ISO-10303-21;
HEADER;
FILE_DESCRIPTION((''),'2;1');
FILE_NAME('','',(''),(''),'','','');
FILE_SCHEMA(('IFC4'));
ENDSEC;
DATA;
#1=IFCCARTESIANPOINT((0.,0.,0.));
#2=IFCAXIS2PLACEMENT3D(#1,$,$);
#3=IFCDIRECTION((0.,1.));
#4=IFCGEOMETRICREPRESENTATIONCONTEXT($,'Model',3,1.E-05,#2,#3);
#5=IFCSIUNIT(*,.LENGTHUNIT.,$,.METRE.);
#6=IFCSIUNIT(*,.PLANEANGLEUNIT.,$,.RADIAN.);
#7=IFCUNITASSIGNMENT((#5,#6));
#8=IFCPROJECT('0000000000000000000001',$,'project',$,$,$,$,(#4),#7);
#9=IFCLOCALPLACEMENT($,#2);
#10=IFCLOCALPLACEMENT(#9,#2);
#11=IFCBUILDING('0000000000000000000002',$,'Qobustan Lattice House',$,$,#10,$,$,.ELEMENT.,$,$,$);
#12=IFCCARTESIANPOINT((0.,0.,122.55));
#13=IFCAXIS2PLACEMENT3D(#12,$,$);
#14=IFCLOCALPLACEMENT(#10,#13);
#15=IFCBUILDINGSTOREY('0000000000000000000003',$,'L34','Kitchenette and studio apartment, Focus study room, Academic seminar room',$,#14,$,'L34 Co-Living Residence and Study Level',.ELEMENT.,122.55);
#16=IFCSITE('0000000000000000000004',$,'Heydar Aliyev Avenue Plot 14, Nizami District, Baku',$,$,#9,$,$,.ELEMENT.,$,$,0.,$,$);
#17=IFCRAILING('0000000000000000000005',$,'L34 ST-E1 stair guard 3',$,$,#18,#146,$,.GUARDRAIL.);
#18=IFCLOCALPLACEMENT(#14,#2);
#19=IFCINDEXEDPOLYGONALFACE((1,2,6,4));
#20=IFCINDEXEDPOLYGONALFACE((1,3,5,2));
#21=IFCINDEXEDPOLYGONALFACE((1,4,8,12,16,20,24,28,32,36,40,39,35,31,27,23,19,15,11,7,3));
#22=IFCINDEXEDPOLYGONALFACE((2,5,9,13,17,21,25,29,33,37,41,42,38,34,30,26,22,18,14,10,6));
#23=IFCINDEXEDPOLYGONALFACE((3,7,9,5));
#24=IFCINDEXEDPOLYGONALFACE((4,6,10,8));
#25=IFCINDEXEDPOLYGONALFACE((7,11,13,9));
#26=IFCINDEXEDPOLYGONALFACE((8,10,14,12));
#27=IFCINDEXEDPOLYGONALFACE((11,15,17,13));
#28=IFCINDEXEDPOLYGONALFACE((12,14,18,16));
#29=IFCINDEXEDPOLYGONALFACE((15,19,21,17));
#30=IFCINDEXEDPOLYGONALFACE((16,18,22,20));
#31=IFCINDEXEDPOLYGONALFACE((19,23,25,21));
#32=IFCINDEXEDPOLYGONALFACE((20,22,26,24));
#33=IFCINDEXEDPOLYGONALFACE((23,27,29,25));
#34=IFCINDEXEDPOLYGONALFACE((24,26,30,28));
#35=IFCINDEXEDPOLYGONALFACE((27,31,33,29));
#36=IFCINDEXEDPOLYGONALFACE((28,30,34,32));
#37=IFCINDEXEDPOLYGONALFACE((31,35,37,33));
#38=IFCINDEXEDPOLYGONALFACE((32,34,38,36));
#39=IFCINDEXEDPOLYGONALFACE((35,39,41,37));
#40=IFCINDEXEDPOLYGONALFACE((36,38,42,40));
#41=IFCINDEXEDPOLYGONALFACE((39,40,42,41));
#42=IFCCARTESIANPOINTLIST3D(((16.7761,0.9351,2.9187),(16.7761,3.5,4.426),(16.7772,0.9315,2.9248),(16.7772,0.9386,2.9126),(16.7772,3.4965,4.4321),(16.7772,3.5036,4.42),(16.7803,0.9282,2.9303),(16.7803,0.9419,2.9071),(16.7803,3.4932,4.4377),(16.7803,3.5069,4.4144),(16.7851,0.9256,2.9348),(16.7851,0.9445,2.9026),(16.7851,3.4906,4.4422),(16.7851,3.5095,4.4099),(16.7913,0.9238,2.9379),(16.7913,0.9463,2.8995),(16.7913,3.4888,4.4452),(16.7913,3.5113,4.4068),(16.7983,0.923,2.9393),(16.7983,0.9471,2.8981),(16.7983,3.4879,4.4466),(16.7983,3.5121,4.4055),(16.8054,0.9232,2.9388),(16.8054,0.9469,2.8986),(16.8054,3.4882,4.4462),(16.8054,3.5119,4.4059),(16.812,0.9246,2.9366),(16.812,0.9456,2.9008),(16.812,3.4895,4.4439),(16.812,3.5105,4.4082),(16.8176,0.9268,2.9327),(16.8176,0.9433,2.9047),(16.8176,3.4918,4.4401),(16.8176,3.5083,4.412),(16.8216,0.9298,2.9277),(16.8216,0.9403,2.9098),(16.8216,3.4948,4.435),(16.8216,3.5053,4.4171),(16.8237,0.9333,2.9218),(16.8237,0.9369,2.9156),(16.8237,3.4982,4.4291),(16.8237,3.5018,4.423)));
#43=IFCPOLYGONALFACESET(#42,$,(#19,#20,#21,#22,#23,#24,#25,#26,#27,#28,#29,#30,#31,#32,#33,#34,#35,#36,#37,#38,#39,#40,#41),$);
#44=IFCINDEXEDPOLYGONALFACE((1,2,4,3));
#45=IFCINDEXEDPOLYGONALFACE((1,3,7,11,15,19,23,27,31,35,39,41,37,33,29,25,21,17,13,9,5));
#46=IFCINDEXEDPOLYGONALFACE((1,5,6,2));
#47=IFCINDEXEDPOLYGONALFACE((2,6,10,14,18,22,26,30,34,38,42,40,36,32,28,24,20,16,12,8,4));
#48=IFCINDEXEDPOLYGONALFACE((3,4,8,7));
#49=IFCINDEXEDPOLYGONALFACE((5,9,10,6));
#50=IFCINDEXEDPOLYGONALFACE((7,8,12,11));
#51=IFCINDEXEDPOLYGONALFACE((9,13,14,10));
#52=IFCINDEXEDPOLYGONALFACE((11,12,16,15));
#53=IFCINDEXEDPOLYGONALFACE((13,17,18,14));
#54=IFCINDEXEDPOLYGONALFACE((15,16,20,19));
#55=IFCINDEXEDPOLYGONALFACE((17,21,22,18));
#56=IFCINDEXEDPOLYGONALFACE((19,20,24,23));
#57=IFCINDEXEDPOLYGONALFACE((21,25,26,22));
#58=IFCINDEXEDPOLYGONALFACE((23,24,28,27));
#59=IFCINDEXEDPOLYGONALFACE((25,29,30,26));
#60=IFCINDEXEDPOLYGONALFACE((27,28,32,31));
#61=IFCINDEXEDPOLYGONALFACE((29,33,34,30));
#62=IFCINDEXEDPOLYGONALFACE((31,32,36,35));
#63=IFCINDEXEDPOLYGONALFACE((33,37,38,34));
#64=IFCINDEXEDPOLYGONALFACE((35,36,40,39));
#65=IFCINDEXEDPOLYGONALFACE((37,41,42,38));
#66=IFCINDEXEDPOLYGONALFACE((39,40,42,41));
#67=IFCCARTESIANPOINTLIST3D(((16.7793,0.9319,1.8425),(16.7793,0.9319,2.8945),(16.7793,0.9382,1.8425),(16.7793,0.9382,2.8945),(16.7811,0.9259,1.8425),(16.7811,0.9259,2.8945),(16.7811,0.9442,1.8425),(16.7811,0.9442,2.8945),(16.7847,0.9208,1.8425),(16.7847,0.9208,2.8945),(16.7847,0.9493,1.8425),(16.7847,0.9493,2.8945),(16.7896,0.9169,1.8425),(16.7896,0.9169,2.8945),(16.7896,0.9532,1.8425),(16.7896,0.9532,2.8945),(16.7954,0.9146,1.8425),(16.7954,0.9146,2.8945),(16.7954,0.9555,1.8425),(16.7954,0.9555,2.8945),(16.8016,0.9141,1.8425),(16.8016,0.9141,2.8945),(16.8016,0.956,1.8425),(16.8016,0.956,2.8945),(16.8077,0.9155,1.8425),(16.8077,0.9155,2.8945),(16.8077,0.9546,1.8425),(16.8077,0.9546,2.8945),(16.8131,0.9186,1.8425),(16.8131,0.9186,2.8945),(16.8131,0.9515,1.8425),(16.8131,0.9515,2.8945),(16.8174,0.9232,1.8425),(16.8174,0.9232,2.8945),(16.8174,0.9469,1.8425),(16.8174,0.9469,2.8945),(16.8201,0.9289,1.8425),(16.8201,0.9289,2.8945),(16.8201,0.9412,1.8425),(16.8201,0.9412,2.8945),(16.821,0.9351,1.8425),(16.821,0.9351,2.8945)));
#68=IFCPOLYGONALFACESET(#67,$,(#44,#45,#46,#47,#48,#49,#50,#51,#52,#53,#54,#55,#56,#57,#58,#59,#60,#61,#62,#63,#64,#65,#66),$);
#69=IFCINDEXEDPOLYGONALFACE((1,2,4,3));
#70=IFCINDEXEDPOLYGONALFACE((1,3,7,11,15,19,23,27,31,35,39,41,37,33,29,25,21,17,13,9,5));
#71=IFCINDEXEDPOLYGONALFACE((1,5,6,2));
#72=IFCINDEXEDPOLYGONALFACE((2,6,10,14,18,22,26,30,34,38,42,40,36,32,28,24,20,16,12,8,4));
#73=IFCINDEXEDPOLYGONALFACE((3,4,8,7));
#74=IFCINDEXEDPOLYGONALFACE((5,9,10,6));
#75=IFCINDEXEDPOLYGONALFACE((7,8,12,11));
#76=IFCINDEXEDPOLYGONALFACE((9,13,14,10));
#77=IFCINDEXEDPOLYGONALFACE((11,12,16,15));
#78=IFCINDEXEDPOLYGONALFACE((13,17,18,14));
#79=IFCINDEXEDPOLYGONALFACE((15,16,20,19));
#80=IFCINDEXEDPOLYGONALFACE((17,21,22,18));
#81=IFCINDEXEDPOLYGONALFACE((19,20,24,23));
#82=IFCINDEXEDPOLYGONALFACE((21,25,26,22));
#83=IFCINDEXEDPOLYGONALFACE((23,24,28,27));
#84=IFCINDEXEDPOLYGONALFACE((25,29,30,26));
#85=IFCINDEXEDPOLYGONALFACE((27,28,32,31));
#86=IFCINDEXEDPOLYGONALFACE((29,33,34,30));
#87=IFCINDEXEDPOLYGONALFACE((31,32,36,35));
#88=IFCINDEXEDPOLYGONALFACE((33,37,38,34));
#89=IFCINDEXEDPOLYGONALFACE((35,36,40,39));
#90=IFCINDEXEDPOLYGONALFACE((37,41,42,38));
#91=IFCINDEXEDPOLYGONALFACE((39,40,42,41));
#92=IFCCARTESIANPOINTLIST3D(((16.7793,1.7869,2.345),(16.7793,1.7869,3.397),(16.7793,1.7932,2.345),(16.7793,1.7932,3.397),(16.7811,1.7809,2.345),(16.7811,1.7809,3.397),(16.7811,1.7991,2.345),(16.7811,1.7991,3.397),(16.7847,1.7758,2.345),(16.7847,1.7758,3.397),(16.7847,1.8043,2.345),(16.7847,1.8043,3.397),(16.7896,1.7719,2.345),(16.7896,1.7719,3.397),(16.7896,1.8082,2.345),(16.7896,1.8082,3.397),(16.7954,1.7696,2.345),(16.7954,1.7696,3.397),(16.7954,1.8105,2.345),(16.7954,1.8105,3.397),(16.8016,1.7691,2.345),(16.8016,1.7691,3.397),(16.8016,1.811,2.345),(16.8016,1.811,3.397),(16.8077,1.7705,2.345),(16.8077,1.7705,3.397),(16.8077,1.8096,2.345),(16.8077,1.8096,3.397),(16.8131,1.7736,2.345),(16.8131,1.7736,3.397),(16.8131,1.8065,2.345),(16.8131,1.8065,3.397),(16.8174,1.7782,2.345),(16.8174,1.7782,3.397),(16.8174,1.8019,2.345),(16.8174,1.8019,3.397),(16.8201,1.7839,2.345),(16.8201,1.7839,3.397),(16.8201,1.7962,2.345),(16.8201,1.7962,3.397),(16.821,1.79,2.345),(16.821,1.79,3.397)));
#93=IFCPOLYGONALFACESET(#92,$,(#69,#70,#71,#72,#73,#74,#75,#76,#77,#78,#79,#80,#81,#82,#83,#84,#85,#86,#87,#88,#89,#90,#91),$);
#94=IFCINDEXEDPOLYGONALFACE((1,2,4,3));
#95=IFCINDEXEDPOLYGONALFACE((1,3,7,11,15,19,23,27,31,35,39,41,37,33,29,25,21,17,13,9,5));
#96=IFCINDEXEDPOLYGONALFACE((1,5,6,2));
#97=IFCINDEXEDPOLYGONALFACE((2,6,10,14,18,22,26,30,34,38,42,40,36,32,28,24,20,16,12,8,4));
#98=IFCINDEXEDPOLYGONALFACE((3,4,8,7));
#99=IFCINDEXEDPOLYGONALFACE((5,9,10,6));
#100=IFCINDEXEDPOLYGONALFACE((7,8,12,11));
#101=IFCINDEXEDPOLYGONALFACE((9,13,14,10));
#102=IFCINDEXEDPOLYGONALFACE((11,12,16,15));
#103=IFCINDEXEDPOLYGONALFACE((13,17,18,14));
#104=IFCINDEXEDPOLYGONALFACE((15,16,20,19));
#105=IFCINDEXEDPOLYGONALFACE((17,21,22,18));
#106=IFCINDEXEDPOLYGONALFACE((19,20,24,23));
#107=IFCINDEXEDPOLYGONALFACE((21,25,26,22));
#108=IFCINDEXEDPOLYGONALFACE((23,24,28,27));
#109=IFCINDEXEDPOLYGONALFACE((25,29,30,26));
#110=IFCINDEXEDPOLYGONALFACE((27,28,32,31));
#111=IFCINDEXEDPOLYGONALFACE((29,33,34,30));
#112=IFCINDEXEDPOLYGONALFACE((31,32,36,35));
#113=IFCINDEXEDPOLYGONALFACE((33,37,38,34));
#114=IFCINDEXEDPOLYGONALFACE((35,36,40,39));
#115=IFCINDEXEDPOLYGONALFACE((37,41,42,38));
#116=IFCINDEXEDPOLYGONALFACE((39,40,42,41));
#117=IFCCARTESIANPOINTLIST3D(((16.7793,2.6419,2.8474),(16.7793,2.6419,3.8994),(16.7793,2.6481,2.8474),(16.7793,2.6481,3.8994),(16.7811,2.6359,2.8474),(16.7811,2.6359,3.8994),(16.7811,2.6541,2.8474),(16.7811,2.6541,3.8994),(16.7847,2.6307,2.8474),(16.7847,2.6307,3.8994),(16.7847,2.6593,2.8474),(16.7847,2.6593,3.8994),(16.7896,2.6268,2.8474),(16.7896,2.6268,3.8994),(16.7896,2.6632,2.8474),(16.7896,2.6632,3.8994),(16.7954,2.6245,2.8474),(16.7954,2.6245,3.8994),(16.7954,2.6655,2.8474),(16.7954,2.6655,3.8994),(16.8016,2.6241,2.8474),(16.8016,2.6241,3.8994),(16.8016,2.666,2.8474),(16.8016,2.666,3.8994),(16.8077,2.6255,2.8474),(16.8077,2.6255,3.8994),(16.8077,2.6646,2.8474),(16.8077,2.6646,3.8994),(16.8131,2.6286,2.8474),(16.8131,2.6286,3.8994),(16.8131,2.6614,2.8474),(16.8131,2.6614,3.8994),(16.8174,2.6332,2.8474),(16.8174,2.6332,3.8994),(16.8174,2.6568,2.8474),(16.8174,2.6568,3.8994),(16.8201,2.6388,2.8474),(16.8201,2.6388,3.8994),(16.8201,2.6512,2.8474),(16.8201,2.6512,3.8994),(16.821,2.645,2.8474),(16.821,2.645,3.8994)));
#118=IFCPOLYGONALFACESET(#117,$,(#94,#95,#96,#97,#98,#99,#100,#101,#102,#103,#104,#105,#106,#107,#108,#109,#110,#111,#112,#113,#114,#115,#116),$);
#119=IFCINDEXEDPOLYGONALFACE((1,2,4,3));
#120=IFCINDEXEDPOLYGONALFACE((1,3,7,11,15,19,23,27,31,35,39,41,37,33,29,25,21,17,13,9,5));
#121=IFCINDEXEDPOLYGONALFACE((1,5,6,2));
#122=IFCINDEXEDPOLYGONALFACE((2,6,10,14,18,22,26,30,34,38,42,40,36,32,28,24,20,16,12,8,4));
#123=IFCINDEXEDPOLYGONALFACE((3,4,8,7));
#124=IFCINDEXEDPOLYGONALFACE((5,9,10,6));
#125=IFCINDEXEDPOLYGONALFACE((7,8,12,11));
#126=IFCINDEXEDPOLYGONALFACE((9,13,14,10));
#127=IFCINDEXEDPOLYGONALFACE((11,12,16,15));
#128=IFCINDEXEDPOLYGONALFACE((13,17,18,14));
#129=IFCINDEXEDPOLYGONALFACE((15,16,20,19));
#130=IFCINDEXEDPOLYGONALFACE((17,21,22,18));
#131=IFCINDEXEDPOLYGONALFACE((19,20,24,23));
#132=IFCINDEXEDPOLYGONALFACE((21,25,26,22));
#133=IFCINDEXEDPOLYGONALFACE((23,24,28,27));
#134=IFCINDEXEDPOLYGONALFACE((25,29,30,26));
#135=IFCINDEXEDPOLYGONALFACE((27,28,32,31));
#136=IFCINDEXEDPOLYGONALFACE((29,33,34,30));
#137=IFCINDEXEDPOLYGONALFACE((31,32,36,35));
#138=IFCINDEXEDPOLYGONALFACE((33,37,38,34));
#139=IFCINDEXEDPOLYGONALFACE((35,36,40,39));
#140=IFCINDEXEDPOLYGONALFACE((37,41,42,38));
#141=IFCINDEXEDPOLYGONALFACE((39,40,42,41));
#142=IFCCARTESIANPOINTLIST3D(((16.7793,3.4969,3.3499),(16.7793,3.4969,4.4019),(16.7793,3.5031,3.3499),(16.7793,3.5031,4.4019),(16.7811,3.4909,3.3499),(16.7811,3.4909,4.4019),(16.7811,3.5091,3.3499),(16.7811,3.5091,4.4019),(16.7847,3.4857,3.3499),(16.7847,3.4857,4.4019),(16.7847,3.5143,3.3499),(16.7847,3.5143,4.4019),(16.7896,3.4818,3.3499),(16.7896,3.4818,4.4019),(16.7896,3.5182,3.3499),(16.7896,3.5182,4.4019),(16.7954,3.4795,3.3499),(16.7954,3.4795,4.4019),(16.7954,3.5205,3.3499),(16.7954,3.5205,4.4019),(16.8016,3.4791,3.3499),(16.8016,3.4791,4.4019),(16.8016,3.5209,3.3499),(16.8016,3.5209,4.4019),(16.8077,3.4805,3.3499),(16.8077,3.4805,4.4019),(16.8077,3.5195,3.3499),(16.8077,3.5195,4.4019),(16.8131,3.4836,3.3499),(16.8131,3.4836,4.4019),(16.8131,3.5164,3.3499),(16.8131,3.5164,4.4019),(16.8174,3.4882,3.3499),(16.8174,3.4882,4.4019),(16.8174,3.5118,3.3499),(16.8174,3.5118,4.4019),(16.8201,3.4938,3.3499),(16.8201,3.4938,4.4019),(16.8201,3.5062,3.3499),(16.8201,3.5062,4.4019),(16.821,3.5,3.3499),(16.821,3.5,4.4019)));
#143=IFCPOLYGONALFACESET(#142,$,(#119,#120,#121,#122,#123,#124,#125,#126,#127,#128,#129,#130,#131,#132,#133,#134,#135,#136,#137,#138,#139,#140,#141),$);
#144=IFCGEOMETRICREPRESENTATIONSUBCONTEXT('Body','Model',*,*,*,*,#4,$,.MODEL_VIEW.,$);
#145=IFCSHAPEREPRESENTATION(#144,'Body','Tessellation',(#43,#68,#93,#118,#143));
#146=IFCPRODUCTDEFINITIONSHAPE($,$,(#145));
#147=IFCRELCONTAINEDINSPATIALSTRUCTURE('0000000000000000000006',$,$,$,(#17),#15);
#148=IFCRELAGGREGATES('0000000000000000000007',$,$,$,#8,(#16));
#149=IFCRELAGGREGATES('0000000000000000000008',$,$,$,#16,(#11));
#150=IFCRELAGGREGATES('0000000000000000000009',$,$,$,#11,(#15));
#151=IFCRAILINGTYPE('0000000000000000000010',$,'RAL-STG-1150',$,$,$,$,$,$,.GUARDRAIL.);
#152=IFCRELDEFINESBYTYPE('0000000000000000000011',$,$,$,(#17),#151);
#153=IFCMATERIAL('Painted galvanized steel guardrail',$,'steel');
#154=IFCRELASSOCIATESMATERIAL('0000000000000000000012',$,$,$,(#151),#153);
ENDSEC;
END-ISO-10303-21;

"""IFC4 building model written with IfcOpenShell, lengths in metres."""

from ifc_helpers import new_model, si_unit, direction, frame, origin, origin_2d, place, context, subcontext, project, spatial, circle, extrude, material, type_object, element, save


model = new_model("IFC4")

# Units and contexts
model_context = context("Model", 3, precision=1e-05, world=origin(), true_north=direction((0.0, 1.0)))
body_context = subcontext(model_context, "Body", "Model", "MODEL_VIEW")
ifc_project = project(units=[si_unit("LENGTHUNIT", "METRE"), si_unit("PLANEANGLEUNIT", "RADIAN")], contexts=[model_context])

# Site, building, storey
site_placement = place(None, origin())
site = spatial("IfcSite", under=ifc_project, at=site_placement, Name="Heydar Aliyev Avenue Plot 14, Nizami District, Baku", CompositionType="ELEMENT", RefElevation=0.0)
building_placement = place(site_placement, origin())
building = spatial("IfcBuilding", under=site, at=building_placement, Name="Qobustan Lattice House", CompositionType="ELEMENT")
storey_placement = place(building_placement, frame((0.0, 0.0, 122.55)))
storey = spatial("IfcBuildingStorey", under=building, at=storey_placement, Name="L34", Description="Kitchenette and studio apartment, Focus study room, Academic seminar room", LongName="L34 Co-Living Residence and Study Level", CompositionType="ELEMENT", Elevation=122.55)

# Railing
ifc_material_1 = material(Name="Painted galvanized steel guardrail", Category="steel")
railing_type_1 = type_object("IfcRailingType", Name="RAL-STG-1150", PredefinedType="GUARDRAIL", material=ifc_material_1)
railing_1_placement = place(storey_placement, frame((16.8, 0.9351, 1.8425)))
element("IfcRailing", 1, at=railing_1_placement, inside=storey, type_object=railing_type_1, Name="L34 ST-E1 stair guard 3", PredefinedType="GUARDRAIL", context=body_context, shape_type="SweptSolid", body=[
    extrude(circle(Radius=0.0239, at=origin_2d()), frame((0.0, 0.0, 1.0762), z_axis=(0.0, 0.862149, 0.506654), x_axis=(-1.0, 0.0, 0.0)), (0.0, 0.0, 1.0), 2.9751),
    extrude(circle(Radius=0.021, at=origin_2d()), origin(), (0.0, 0.0, 1.0), 1.052),
    extrude(circle(Radius=0.021, at=origin_2d()), frame((0.0, 0.855, 0.5024)), (0.0, 0.0, 1.0), 1.052),
    extrude(circle(Radius=0.021, at=origin_2d()), frame((0.0, 1.71, 1.0049)), (0.0, 0.0, 1.0), 1.052),
    extrude(circle(Radius=0.021, at=origin_2d()), frame((0.0, 2.5649, 1.5073)), (0.0, 0.0, 1.0), 1.052),
])

save(model, "model.ifc")
